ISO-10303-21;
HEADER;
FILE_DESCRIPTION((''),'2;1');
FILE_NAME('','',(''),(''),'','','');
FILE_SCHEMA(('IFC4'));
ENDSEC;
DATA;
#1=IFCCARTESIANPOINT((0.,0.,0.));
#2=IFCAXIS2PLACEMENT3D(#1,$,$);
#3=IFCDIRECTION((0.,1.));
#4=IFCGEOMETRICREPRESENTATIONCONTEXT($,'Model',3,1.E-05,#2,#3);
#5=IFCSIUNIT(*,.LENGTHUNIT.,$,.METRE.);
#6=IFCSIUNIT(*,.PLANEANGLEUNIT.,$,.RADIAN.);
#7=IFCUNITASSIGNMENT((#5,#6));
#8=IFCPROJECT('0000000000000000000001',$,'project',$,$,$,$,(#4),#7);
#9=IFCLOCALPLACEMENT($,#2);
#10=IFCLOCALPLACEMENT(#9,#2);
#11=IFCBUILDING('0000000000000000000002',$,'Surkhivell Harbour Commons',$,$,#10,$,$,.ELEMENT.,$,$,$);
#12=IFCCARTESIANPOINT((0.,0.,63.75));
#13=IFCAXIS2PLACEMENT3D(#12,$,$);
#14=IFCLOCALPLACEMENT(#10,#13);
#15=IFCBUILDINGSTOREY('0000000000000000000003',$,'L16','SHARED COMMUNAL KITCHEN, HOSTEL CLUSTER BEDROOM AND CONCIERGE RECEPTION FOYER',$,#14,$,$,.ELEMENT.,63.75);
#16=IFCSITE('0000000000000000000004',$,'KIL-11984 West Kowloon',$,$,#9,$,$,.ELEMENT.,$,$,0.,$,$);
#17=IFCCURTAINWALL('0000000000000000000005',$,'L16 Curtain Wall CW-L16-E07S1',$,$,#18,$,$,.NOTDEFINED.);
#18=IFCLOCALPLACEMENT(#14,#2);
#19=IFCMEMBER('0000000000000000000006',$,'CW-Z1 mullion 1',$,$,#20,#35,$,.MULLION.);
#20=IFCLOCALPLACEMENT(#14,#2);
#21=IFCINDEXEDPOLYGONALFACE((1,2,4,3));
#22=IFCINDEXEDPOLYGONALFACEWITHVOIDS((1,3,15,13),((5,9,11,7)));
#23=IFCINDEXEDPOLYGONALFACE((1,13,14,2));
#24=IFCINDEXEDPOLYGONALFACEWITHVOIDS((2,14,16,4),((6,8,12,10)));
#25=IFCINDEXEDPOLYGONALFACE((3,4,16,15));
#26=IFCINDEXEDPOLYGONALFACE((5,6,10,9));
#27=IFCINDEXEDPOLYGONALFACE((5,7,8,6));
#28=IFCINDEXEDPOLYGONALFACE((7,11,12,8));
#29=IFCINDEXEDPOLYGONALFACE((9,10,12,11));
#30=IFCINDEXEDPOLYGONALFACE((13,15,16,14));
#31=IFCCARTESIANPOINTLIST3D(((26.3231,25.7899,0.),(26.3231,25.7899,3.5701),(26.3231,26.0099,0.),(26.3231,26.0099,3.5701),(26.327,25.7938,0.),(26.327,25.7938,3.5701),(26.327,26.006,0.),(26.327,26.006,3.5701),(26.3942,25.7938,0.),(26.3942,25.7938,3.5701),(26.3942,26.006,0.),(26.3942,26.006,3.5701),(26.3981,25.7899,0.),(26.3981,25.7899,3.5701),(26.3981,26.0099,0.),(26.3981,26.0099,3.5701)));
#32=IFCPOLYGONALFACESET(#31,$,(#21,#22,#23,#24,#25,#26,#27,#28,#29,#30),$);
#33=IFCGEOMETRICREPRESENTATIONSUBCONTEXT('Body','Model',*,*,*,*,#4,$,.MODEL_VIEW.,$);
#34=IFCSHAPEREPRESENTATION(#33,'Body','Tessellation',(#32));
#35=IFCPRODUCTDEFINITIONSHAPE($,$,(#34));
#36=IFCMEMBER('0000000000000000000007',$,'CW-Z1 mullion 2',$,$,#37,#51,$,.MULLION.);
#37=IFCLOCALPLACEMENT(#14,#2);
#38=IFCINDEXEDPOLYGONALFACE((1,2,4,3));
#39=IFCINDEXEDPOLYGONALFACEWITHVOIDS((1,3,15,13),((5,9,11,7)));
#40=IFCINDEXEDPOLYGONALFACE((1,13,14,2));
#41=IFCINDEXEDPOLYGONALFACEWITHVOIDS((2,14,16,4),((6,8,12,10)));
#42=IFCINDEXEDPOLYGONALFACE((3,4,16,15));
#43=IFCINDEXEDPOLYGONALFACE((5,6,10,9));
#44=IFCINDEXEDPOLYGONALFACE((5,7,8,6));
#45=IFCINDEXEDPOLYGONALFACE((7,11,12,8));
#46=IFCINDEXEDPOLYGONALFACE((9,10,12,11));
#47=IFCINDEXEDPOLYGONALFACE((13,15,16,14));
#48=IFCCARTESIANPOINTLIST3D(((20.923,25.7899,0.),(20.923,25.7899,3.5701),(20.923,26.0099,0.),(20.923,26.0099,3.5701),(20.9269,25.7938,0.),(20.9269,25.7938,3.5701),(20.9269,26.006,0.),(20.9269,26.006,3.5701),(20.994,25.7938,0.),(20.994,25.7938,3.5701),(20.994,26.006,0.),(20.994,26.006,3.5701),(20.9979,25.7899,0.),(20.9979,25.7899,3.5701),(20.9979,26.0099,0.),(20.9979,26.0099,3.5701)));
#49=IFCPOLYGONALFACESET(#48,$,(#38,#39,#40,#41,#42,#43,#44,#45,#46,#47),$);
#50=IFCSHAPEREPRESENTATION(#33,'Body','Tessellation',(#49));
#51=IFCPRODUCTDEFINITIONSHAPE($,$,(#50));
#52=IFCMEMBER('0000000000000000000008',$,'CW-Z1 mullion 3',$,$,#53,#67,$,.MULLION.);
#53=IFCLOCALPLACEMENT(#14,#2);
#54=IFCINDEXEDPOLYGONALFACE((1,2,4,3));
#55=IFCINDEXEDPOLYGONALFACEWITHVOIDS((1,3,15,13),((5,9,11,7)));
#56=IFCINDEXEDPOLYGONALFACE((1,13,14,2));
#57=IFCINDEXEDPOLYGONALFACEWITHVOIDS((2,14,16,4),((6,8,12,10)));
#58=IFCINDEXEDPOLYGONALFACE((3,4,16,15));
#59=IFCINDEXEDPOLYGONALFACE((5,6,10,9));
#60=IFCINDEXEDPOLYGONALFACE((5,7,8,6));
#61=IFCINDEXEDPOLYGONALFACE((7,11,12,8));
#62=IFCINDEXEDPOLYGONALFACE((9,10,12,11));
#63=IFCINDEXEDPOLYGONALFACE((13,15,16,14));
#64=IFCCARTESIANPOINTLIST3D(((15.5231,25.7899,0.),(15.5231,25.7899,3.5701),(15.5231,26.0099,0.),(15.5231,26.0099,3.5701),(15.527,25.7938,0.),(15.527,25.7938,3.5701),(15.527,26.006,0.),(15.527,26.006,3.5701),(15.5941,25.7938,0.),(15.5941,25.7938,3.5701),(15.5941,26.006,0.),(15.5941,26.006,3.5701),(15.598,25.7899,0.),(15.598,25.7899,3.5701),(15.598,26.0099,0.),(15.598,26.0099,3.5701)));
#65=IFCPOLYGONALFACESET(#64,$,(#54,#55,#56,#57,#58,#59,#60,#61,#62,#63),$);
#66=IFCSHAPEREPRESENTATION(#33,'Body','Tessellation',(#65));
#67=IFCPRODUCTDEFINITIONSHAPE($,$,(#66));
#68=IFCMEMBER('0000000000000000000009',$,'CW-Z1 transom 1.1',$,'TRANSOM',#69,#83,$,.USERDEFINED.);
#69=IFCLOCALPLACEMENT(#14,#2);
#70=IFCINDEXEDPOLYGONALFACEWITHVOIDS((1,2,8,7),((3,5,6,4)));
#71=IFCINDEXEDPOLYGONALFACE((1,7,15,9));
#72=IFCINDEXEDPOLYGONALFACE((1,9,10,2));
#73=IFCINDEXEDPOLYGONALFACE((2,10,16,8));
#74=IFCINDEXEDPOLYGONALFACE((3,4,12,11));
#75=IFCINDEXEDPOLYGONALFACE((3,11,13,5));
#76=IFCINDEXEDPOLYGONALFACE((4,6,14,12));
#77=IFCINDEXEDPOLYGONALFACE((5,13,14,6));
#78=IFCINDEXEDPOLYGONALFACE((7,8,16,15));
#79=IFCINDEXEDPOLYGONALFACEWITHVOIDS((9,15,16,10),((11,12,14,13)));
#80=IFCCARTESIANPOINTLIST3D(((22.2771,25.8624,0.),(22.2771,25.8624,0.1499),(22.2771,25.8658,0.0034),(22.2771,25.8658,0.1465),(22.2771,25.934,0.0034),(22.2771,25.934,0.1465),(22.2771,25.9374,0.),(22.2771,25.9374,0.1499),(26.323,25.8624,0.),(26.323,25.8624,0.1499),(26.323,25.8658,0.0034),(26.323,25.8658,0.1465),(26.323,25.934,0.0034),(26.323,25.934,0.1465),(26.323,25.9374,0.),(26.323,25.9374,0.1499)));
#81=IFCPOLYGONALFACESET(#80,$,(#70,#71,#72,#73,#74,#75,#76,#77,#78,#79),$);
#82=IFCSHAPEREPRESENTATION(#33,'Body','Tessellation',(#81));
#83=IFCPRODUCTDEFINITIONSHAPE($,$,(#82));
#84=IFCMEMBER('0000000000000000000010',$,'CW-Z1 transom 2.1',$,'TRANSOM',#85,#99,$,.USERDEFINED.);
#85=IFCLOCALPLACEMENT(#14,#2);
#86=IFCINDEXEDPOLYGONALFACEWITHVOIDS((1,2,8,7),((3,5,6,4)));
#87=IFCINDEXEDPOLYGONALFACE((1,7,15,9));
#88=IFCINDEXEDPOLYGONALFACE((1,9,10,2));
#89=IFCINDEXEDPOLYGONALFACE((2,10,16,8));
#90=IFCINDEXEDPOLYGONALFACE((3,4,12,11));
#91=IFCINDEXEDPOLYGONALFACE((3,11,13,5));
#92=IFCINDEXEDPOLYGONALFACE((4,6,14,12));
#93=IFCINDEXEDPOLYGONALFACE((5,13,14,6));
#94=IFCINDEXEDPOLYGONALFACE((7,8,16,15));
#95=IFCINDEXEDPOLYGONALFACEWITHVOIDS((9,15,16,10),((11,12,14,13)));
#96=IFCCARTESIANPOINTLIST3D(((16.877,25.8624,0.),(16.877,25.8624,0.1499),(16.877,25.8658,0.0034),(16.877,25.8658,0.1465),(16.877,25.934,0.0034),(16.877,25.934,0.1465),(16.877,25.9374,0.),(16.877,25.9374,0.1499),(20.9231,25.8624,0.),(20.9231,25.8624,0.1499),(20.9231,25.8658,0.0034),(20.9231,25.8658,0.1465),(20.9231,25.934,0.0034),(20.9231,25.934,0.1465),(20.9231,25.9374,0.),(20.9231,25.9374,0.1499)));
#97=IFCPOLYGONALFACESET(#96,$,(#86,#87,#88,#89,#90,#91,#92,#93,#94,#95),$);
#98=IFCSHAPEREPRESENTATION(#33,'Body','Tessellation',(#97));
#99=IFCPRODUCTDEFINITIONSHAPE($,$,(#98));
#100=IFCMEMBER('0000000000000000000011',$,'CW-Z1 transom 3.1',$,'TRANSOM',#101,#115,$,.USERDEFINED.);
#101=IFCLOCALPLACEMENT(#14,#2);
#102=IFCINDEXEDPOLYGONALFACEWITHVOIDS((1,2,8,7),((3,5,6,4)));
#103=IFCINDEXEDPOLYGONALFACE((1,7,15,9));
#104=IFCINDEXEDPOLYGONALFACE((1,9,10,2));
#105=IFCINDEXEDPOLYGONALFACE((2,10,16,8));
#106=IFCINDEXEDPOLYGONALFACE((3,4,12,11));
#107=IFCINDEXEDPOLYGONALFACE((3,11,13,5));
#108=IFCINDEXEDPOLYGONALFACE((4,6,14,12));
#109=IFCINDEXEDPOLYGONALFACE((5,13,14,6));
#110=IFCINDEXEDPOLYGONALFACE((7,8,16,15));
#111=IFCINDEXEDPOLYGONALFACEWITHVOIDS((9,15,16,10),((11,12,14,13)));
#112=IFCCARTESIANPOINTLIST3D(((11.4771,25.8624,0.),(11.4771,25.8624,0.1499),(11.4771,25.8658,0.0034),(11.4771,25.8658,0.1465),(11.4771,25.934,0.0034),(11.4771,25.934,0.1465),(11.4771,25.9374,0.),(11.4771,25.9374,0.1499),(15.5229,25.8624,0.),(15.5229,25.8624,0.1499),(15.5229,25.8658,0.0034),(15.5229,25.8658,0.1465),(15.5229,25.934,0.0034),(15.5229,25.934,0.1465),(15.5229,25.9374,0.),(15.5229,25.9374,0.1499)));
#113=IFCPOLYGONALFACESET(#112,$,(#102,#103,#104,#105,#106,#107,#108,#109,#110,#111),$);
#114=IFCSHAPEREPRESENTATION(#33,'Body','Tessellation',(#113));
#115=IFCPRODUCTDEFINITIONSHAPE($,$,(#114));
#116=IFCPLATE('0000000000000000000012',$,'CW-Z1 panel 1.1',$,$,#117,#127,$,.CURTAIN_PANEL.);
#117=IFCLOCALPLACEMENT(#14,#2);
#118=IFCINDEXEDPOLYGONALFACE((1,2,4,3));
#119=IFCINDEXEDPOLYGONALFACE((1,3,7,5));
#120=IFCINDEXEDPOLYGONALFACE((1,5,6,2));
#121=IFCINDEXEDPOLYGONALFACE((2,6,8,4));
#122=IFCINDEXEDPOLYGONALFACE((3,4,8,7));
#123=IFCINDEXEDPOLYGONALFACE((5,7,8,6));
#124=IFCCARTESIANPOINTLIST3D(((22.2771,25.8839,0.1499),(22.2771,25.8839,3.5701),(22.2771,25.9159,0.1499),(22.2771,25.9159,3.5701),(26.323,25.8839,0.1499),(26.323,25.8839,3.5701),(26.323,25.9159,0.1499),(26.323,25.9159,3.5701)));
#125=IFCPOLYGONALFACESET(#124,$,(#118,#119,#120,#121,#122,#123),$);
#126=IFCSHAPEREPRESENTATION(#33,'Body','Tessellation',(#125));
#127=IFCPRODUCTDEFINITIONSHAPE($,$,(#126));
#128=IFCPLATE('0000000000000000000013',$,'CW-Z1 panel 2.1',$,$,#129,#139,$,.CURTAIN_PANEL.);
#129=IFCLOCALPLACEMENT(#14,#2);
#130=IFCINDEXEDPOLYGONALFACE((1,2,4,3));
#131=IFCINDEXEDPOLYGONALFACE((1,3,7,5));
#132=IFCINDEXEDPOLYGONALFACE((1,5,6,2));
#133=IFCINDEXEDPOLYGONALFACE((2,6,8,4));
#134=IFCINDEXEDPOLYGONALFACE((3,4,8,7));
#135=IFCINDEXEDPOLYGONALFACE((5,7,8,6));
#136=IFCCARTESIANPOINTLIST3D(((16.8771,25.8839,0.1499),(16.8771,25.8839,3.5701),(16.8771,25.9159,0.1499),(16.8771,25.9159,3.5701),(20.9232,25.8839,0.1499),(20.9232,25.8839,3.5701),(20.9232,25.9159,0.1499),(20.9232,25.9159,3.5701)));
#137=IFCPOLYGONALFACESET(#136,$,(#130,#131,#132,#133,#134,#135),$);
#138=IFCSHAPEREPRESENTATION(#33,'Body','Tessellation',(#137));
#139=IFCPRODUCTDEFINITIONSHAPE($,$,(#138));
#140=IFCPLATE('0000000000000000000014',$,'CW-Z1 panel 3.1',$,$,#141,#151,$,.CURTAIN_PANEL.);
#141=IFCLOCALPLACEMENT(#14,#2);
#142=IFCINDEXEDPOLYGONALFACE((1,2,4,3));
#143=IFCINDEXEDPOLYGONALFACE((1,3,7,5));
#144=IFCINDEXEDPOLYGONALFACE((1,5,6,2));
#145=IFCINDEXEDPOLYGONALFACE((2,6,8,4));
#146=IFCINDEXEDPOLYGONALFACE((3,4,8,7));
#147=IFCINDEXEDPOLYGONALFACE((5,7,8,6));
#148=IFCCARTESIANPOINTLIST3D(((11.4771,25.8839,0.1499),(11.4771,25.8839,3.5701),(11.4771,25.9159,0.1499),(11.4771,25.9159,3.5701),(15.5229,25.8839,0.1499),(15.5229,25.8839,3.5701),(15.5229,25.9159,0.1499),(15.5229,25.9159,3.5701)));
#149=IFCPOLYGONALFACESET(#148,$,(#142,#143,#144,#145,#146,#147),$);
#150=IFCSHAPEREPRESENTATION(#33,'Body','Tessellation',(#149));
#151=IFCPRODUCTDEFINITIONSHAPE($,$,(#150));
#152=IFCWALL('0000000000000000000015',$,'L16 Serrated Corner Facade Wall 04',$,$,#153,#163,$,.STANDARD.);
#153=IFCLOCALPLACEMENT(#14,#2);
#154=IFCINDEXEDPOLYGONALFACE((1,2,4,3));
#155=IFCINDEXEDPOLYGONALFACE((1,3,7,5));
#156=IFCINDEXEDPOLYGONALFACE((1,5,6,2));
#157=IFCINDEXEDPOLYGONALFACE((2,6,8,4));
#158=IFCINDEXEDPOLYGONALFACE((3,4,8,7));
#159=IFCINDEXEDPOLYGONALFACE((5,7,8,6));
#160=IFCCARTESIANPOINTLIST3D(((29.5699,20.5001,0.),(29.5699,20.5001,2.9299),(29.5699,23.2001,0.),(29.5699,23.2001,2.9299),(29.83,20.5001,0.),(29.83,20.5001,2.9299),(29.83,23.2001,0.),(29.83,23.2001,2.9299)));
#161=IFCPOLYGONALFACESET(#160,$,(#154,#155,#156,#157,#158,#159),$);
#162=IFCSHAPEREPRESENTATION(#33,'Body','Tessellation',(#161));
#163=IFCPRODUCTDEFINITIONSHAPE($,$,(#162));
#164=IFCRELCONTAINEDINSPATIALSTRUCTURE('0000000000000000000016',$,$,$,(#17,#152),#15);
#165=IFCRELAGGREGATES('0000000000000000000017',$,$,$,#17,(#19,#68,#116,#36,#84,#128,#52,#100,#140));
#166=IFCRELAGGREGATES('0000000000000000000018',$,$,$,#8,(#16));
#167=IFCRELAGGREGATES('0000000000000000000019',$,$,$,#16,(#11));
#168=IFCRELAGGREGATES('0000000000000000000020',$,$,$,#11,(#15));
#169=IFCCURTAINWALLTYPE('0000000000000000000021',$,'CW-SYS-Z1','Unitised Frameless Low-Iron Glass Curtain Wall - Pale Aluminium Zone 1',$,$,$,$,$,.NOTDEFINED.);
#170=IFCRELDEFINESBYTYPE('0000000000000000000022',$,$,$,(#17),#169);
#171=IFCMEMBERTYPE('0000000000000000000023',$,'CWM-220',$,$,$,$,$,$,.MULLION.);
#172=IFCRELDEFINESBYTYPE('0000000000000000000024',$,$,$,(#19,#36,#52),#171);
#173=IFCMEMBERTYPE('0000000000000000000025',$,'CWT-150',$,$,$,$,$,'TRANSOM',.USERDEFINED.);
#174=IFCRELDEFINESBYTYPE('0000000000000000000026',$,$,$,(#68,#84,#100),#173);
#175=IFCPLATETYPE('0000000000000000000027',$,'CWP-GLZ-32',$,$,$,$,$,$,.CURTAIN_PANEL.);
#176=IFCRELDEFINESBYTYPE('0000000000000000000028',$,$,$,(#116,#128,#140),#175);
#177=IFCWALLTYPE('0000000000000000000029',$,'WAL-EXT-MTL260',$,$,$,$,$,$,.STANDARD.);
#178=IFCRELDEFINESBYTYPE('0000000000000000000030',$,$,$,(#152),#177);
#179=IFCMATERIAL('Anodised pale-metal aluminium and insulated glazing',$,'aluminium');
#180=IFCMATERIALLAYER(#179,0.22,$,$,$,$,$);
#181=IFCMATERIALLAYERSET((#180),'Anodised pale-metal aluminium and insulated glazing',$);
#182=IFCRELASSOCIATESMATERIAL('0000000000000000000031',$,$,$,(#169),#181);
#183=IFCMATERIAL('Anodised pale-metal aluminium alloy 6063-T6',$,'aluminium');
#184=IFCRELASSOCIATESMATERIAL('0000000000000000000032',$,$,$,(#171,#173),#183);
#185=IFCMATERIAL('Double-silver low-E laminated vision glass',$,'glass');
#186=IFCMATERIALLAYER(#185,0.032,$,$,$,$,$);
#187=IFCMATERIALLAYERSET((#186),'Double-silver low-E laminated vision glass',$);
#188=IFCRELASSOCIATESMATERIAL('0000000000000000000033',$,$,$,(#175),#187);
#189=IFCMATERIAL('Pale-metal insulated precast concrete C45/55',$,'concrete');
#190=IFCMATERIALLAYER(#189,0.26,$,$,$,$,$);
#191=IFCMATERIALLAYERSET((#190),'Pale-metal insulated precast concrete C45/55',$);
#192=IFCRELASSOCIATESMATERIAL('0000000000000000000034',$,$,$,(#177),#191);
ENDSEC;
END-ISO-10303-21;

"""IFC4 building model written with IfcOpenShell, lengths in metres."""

from ifc_helpers import new_model, si_unit, direction, frame, frame_2d, origin, origin_2d, place, context, subcontext, project, spatial, rectangle, hollow_rectangle, extrude, material, layer, layer_set, material_profile, profile_set, type_object, element, aggregate, save


model = new_model("IFC4")

# Units and contexts
model_context = context("Model", 3, precision=1e-05, world=origin(), true_north=direction((0.0, 1.0)))
body_context = subcontext(model_context, "Body", "Model", "MODEL_VIEW")
ifc_project = project(units=[si_unit("LENGTHUNIT", "METRE"), si_unit("PLANEANGLEUNIT", "RADIAN")], contexts=[model_context])

# Site, building, storey
site_placement = place(None, origin())
site = spatial("IfcSite", under=ifc_project, at=site_placement, Name="KIL-11984 West Kowloon", CompositionType="ELEMENT", RefElevation=0.0)
building_placement = place(site_placement, origin())
building = spatial("IfcBuilding", under=site, at=building_placement, Name="Surkhivell Harbour Commons", CompositionType="ELEMENT")
storey_placement = place(building_placement, frame((0.0, 0.0, 63.75)))
storey = spatial("IfcBuildingStorey", under=building, at=storey_placement, Name="L16", Description="SHARED COMMUNAL KITCHEN, HOSTEL CLUSTER BEDROOM AND CONCIERGE RECEPTION FOYER", CompositionType="ELEMENT", Elevation=63.75)

# Curtain wall, members, plates
ifc_material_1 = material(Name="Anodised pale-metal aluminium and insulated glazing", Category="aluminium")
ifc_layer_1 = layer(ifc_material_1, 0.22)
ifc_layer_set_1 = layer_set([ifc_layer_1], Name="Anodised pale-metal aluminium and insulated glazing")
curtain_wall_type = type_object("IfcCurtainWallType", Name="CW-SYS-Z1", Description="Unitised Frameless Low-Iron Glass Curtain Wall - Pale Aluminium Zone 1", PredefinedType="NOTDEFINED", material=ifc_layer_set_1)
curtain_wall_placement = place(storey_placement, origin())
curtain_wall = element("IfcCurtainWall", 1, at=curtain_wall_placement, inside=storey, type_object=curtain_wall_type, Name="L16 Curtain Wall CW-L16-E07S1", PredefinedType="NOTDEFINED")
ifc_material_2 = material(Name="Anodised pale-metal aluminium alloy 6063-T6", Category="aluminium")
ifc_material_profile_1 = material_profile(ifc_material_2, hollow_rectangle(XDim=0.075, YDim=0.22, WallThickness=0.0039, at=origin_2d()), Name="ALU-MULL-75x220")
ifc_profile_set_1 = profile_set([ifc_material_profile_1], Name="Anodised pale-metal aluminium alloy 6063-T6")
member_type_1 = type_object("IfcMemberType", Name="CWM-220", PredefinedType="MULLION", material=ifc_profile_set_1)
member_1_placement = place(storey_placement, frame((26.3606, 25.8999, 0.0), z_axis=(0.0, 0.0, 1.0), x_axis=(-1.0, 0.0, 0.0)))
member_1 = element("IfcMember", 2, at=member_1_placement, type_object=member_type_1, Name="CW-Z1 mullion 1", PredefinedType="MULLION", context=body_context, shape_type="SweptSolid", body=[
    extrude(hollow_rectangle(XDim=0.075, YDim=0.22, WallThickness=0.0039, at=origin_2d()), origin(), (0.0, 0.0, 1.0), 3.5701),
])
member_2_placement = place(storey_placement, frame((20.9604, 25.8999, 0.0), z_axis=(0.0, 0.0, 1.0), x_axis=(-1.0, 0.0, 0.0)))
member_2 = element("IfcMember", 3, at=member_2_placement, type_object=member_type_1, Name="CW-Z1 mullion 2", PredefinedType="MULLION", context=body_context, shape_type="SweptSolid", body=[
    extrude(hollow_rectangle(XDim=0.075, YDim=0.22, WallThickness=0.0039, at=origin_2d()), origin(), (0.0, 0.0, 1.0), 3.5701),
])
member_3_placement = place(storey_placement, frame((15.5605, 25.8999, 0.0), z_axis=(0.0, 0.0, 1.0), x_axis=(-1.0, 0.0, 0.0)))
member_3 = element("IfcMember", 4, at=member_3_placement, type_object=member_type_1, Name="CW-Z1 mullion 3", PredefinedType="MULLION", context=body_context, shape_type="SweptSolid", body=[
    extrude(hollow_rectangle(XDim=0.075, YDim=0.22, WallThickness=0.0039, at=origin_2d()), origin(), (0.0, 0.0, 1.0), 3.5701),
])
ifc_material_profile_2 = material_profile(ifc_material_2, hollow_rectangle(XDim=0.075, YDim=0.1499, WallThickness=0.0034, at=origin_2d()), Name="ALU-TRAN-75x150")
ifc_profile_set_2 = profile_set([ifc_material_profile_2], Name="Anodised pale-metal aluminium alloy 6063-T6")
member_type_2 = type_object("IfcMemberType", Name="CWT-150", ElementType="TRANSOM", PredefinedType="USERDEFINED", material=ifc_profile_set_2)
member_4_placement = place(storey_placement, frame((26.323, 25.8999, 0.075), z_axis=(-1.0, 0.0, 0.0), x_axis=(0.0, -1.0, 0.0)))
member_4 = element("IfcMember", 5, at=member_4_placement, type_object=member_type_2, Name="CW-Z1 transom 1.1", ObjectType="TRANSOM", PredefinedType="USERDEFINED", context=body_context, shape_type="SweptSolid", body=[
    extrude(hollow_rectangle(XDim=0.075, YDim=0.1499, WallThickness=0.0034, at=origin_2d()), origin(), (0.0, 0.0, 1.0), 4.0459),
])
member_5_placement = place(storey_placement, frame((20.9231, 25.8999, 0.075), z_axis=(-1.0, 0.0, 0.0), x_axis=(0.0, -1.0, 0.0)))
member_5 = element("IfcMember", 6, at=member_5_placement, type_object=member_type_2, Name="CW-Z1 transom 2.1", ObjectType="TRANSOM", PredefinedType="USERDEFINED", context=body_context, shape_type="SweptSolid", body=[
    extrude(hollow_rectangle(XDim=0.075, YDim=0.1499, WallThickness=0.0034, at=origin_2d()), origin(), (0.0, 0.0, 1.0), 4.0461),
])
member_6_placement = place(storey_placement, frame((15.5229, 25.8999, 0.075), z_axis=(-1.0, 0.0, 0.0), x_axis=(0.0, -1.0, 0.0)))
member_6 = element("IfcMember", 7, at=member_6_placement, type_object=member_type_2, Name="CW-Z1 transom 3.1", ObjectType="TRANSOM", PredefinedType="USERDEFINED", context=body_context, shape_type="SweptSolid", body=[
    extrude(hollow_rectangle(XDim=0.075, YDim=0.1499, WallThickness=0.0034, at=origin_2d()), origin(), (0.0, 0.0, 1.0), 4.0459),
])
ifc_material_3 = material(Name="Double-silver low-E laminated vision glass", Category="glass")
ifc_layer_2 = layer(ifc_material_3, 0.032)
ifc_layer_set_2 = layer_set([ifc_layer_2], Name="Double-silver low-E laminated vision glass")
plate_type = type_object("IfcPlateType", Name="CWP-GLZ-32", PredefinedType="CURTAIN_PANEL", material=ifc_layer_set_2)
plate_1_placement = place(storey_placement, frame((26.323, 25.8999, 0.1499), z_axis=(0.0, 0.0, 1.0), x_axis=(-1.0, 0.0, 0.0)))
plate_1 = element("IfcPlate", 8, at=plate_1_placement, type_object=plate_type, Name="CW-Z1 panel 1.1", PredefinedType="CURTAIN_PANEL", context=body_context, shape_type="SweptSolid", body=[
    extrude(rectangle(XDim=4.0459, YDim=0.032, at=frame_2d((2.0229, 0.0))), origin(), (0.0, 0.0, 1.0), 3.4202),
])
plate_2_placement = place(storey_placement, frame((20.9231, 25.8999, 0.1499), z_axis=(0.0, 0.0, 1.0), x_axis=(-1.0, 0.0, 0.0)))
plate_2 = element("IfcPlate", 9, at=plate_2_placement, type_object=plate_type, Name="CW-Z1 panel 2.1", PredefinedType="CURTAIN_PANEL", context=body_context, shape_type="SweptSolid", body=[
    extrude(rectangle(XDim=4.0461, YDim=0.032, at=frame_2d((2.0229, 0.0))), origin(), (0.0, 0.0, 1.0), 3.4202),
])
plate_3_placement = place(storey_placement, frame((15.5229, 25.8999, 0.1499), z_axis=(0.0, 0.0, 1.0), x_axis=(-1.0, 0.0, 0.0)))
plate_3 = element("IfcPlate", 10, at=plate_3_placement, type_object=plate_type, Name="CW-Z1 panel 3.1", PredefinedType="CURTAIN_PANEL", context=body_context, shape_type="SweptSolid", body=[
    extrude(rectangle(XDim=4.0459, YDim=0.032, at=frame_2d((2.0229, 0.0))), origin(), (0.0, 0.0, 1.0), 3.4202),
])
aggregate(curtain_wall, [member_1, member_4, plate_1, member_2, member_5, plate_2, member_3, member_6, plate_3])

# Wall
ifc_material_4 = material(Name="Pale-metal insulated precast concrete C45/55", Category="concrete")
ifc_layer_3 = layer(ifc_material_4, 0.26)
ifc_layer_set_3 = layer_set([ifc_layer_3], Name="Pale-metal insulated precast concrete C45/55")
wall_type_1 = type_object("IfcWallType", Name="WAL-EXT-MTL260", PredefinedType="STANDARD", material=ifc_layer_set_3)
wall_1_placement = place(storey_placement, frame((29.7, 20.5, 0.0), z_axis=(0.0, 0.0, 1.0), x_axis=(0.0, 1.0, 0.0)))
element("IfcWall", 11, at=wall_1_placement, inside=storey, type_object=wall_type_1, Name="L16 Serrated Corner Facade Wall 04", PredefinedType="STANDARD", context=body_context, shape_type="SweptSolid", body=[
    extrude(rectangle(XDim=2.7, YDim=0.26, at=frame_2d((1.3501, 0.0))), origin(), (0.0, 0.0, 1.0), 2.9299),
])

save(model, "model.ifc")
